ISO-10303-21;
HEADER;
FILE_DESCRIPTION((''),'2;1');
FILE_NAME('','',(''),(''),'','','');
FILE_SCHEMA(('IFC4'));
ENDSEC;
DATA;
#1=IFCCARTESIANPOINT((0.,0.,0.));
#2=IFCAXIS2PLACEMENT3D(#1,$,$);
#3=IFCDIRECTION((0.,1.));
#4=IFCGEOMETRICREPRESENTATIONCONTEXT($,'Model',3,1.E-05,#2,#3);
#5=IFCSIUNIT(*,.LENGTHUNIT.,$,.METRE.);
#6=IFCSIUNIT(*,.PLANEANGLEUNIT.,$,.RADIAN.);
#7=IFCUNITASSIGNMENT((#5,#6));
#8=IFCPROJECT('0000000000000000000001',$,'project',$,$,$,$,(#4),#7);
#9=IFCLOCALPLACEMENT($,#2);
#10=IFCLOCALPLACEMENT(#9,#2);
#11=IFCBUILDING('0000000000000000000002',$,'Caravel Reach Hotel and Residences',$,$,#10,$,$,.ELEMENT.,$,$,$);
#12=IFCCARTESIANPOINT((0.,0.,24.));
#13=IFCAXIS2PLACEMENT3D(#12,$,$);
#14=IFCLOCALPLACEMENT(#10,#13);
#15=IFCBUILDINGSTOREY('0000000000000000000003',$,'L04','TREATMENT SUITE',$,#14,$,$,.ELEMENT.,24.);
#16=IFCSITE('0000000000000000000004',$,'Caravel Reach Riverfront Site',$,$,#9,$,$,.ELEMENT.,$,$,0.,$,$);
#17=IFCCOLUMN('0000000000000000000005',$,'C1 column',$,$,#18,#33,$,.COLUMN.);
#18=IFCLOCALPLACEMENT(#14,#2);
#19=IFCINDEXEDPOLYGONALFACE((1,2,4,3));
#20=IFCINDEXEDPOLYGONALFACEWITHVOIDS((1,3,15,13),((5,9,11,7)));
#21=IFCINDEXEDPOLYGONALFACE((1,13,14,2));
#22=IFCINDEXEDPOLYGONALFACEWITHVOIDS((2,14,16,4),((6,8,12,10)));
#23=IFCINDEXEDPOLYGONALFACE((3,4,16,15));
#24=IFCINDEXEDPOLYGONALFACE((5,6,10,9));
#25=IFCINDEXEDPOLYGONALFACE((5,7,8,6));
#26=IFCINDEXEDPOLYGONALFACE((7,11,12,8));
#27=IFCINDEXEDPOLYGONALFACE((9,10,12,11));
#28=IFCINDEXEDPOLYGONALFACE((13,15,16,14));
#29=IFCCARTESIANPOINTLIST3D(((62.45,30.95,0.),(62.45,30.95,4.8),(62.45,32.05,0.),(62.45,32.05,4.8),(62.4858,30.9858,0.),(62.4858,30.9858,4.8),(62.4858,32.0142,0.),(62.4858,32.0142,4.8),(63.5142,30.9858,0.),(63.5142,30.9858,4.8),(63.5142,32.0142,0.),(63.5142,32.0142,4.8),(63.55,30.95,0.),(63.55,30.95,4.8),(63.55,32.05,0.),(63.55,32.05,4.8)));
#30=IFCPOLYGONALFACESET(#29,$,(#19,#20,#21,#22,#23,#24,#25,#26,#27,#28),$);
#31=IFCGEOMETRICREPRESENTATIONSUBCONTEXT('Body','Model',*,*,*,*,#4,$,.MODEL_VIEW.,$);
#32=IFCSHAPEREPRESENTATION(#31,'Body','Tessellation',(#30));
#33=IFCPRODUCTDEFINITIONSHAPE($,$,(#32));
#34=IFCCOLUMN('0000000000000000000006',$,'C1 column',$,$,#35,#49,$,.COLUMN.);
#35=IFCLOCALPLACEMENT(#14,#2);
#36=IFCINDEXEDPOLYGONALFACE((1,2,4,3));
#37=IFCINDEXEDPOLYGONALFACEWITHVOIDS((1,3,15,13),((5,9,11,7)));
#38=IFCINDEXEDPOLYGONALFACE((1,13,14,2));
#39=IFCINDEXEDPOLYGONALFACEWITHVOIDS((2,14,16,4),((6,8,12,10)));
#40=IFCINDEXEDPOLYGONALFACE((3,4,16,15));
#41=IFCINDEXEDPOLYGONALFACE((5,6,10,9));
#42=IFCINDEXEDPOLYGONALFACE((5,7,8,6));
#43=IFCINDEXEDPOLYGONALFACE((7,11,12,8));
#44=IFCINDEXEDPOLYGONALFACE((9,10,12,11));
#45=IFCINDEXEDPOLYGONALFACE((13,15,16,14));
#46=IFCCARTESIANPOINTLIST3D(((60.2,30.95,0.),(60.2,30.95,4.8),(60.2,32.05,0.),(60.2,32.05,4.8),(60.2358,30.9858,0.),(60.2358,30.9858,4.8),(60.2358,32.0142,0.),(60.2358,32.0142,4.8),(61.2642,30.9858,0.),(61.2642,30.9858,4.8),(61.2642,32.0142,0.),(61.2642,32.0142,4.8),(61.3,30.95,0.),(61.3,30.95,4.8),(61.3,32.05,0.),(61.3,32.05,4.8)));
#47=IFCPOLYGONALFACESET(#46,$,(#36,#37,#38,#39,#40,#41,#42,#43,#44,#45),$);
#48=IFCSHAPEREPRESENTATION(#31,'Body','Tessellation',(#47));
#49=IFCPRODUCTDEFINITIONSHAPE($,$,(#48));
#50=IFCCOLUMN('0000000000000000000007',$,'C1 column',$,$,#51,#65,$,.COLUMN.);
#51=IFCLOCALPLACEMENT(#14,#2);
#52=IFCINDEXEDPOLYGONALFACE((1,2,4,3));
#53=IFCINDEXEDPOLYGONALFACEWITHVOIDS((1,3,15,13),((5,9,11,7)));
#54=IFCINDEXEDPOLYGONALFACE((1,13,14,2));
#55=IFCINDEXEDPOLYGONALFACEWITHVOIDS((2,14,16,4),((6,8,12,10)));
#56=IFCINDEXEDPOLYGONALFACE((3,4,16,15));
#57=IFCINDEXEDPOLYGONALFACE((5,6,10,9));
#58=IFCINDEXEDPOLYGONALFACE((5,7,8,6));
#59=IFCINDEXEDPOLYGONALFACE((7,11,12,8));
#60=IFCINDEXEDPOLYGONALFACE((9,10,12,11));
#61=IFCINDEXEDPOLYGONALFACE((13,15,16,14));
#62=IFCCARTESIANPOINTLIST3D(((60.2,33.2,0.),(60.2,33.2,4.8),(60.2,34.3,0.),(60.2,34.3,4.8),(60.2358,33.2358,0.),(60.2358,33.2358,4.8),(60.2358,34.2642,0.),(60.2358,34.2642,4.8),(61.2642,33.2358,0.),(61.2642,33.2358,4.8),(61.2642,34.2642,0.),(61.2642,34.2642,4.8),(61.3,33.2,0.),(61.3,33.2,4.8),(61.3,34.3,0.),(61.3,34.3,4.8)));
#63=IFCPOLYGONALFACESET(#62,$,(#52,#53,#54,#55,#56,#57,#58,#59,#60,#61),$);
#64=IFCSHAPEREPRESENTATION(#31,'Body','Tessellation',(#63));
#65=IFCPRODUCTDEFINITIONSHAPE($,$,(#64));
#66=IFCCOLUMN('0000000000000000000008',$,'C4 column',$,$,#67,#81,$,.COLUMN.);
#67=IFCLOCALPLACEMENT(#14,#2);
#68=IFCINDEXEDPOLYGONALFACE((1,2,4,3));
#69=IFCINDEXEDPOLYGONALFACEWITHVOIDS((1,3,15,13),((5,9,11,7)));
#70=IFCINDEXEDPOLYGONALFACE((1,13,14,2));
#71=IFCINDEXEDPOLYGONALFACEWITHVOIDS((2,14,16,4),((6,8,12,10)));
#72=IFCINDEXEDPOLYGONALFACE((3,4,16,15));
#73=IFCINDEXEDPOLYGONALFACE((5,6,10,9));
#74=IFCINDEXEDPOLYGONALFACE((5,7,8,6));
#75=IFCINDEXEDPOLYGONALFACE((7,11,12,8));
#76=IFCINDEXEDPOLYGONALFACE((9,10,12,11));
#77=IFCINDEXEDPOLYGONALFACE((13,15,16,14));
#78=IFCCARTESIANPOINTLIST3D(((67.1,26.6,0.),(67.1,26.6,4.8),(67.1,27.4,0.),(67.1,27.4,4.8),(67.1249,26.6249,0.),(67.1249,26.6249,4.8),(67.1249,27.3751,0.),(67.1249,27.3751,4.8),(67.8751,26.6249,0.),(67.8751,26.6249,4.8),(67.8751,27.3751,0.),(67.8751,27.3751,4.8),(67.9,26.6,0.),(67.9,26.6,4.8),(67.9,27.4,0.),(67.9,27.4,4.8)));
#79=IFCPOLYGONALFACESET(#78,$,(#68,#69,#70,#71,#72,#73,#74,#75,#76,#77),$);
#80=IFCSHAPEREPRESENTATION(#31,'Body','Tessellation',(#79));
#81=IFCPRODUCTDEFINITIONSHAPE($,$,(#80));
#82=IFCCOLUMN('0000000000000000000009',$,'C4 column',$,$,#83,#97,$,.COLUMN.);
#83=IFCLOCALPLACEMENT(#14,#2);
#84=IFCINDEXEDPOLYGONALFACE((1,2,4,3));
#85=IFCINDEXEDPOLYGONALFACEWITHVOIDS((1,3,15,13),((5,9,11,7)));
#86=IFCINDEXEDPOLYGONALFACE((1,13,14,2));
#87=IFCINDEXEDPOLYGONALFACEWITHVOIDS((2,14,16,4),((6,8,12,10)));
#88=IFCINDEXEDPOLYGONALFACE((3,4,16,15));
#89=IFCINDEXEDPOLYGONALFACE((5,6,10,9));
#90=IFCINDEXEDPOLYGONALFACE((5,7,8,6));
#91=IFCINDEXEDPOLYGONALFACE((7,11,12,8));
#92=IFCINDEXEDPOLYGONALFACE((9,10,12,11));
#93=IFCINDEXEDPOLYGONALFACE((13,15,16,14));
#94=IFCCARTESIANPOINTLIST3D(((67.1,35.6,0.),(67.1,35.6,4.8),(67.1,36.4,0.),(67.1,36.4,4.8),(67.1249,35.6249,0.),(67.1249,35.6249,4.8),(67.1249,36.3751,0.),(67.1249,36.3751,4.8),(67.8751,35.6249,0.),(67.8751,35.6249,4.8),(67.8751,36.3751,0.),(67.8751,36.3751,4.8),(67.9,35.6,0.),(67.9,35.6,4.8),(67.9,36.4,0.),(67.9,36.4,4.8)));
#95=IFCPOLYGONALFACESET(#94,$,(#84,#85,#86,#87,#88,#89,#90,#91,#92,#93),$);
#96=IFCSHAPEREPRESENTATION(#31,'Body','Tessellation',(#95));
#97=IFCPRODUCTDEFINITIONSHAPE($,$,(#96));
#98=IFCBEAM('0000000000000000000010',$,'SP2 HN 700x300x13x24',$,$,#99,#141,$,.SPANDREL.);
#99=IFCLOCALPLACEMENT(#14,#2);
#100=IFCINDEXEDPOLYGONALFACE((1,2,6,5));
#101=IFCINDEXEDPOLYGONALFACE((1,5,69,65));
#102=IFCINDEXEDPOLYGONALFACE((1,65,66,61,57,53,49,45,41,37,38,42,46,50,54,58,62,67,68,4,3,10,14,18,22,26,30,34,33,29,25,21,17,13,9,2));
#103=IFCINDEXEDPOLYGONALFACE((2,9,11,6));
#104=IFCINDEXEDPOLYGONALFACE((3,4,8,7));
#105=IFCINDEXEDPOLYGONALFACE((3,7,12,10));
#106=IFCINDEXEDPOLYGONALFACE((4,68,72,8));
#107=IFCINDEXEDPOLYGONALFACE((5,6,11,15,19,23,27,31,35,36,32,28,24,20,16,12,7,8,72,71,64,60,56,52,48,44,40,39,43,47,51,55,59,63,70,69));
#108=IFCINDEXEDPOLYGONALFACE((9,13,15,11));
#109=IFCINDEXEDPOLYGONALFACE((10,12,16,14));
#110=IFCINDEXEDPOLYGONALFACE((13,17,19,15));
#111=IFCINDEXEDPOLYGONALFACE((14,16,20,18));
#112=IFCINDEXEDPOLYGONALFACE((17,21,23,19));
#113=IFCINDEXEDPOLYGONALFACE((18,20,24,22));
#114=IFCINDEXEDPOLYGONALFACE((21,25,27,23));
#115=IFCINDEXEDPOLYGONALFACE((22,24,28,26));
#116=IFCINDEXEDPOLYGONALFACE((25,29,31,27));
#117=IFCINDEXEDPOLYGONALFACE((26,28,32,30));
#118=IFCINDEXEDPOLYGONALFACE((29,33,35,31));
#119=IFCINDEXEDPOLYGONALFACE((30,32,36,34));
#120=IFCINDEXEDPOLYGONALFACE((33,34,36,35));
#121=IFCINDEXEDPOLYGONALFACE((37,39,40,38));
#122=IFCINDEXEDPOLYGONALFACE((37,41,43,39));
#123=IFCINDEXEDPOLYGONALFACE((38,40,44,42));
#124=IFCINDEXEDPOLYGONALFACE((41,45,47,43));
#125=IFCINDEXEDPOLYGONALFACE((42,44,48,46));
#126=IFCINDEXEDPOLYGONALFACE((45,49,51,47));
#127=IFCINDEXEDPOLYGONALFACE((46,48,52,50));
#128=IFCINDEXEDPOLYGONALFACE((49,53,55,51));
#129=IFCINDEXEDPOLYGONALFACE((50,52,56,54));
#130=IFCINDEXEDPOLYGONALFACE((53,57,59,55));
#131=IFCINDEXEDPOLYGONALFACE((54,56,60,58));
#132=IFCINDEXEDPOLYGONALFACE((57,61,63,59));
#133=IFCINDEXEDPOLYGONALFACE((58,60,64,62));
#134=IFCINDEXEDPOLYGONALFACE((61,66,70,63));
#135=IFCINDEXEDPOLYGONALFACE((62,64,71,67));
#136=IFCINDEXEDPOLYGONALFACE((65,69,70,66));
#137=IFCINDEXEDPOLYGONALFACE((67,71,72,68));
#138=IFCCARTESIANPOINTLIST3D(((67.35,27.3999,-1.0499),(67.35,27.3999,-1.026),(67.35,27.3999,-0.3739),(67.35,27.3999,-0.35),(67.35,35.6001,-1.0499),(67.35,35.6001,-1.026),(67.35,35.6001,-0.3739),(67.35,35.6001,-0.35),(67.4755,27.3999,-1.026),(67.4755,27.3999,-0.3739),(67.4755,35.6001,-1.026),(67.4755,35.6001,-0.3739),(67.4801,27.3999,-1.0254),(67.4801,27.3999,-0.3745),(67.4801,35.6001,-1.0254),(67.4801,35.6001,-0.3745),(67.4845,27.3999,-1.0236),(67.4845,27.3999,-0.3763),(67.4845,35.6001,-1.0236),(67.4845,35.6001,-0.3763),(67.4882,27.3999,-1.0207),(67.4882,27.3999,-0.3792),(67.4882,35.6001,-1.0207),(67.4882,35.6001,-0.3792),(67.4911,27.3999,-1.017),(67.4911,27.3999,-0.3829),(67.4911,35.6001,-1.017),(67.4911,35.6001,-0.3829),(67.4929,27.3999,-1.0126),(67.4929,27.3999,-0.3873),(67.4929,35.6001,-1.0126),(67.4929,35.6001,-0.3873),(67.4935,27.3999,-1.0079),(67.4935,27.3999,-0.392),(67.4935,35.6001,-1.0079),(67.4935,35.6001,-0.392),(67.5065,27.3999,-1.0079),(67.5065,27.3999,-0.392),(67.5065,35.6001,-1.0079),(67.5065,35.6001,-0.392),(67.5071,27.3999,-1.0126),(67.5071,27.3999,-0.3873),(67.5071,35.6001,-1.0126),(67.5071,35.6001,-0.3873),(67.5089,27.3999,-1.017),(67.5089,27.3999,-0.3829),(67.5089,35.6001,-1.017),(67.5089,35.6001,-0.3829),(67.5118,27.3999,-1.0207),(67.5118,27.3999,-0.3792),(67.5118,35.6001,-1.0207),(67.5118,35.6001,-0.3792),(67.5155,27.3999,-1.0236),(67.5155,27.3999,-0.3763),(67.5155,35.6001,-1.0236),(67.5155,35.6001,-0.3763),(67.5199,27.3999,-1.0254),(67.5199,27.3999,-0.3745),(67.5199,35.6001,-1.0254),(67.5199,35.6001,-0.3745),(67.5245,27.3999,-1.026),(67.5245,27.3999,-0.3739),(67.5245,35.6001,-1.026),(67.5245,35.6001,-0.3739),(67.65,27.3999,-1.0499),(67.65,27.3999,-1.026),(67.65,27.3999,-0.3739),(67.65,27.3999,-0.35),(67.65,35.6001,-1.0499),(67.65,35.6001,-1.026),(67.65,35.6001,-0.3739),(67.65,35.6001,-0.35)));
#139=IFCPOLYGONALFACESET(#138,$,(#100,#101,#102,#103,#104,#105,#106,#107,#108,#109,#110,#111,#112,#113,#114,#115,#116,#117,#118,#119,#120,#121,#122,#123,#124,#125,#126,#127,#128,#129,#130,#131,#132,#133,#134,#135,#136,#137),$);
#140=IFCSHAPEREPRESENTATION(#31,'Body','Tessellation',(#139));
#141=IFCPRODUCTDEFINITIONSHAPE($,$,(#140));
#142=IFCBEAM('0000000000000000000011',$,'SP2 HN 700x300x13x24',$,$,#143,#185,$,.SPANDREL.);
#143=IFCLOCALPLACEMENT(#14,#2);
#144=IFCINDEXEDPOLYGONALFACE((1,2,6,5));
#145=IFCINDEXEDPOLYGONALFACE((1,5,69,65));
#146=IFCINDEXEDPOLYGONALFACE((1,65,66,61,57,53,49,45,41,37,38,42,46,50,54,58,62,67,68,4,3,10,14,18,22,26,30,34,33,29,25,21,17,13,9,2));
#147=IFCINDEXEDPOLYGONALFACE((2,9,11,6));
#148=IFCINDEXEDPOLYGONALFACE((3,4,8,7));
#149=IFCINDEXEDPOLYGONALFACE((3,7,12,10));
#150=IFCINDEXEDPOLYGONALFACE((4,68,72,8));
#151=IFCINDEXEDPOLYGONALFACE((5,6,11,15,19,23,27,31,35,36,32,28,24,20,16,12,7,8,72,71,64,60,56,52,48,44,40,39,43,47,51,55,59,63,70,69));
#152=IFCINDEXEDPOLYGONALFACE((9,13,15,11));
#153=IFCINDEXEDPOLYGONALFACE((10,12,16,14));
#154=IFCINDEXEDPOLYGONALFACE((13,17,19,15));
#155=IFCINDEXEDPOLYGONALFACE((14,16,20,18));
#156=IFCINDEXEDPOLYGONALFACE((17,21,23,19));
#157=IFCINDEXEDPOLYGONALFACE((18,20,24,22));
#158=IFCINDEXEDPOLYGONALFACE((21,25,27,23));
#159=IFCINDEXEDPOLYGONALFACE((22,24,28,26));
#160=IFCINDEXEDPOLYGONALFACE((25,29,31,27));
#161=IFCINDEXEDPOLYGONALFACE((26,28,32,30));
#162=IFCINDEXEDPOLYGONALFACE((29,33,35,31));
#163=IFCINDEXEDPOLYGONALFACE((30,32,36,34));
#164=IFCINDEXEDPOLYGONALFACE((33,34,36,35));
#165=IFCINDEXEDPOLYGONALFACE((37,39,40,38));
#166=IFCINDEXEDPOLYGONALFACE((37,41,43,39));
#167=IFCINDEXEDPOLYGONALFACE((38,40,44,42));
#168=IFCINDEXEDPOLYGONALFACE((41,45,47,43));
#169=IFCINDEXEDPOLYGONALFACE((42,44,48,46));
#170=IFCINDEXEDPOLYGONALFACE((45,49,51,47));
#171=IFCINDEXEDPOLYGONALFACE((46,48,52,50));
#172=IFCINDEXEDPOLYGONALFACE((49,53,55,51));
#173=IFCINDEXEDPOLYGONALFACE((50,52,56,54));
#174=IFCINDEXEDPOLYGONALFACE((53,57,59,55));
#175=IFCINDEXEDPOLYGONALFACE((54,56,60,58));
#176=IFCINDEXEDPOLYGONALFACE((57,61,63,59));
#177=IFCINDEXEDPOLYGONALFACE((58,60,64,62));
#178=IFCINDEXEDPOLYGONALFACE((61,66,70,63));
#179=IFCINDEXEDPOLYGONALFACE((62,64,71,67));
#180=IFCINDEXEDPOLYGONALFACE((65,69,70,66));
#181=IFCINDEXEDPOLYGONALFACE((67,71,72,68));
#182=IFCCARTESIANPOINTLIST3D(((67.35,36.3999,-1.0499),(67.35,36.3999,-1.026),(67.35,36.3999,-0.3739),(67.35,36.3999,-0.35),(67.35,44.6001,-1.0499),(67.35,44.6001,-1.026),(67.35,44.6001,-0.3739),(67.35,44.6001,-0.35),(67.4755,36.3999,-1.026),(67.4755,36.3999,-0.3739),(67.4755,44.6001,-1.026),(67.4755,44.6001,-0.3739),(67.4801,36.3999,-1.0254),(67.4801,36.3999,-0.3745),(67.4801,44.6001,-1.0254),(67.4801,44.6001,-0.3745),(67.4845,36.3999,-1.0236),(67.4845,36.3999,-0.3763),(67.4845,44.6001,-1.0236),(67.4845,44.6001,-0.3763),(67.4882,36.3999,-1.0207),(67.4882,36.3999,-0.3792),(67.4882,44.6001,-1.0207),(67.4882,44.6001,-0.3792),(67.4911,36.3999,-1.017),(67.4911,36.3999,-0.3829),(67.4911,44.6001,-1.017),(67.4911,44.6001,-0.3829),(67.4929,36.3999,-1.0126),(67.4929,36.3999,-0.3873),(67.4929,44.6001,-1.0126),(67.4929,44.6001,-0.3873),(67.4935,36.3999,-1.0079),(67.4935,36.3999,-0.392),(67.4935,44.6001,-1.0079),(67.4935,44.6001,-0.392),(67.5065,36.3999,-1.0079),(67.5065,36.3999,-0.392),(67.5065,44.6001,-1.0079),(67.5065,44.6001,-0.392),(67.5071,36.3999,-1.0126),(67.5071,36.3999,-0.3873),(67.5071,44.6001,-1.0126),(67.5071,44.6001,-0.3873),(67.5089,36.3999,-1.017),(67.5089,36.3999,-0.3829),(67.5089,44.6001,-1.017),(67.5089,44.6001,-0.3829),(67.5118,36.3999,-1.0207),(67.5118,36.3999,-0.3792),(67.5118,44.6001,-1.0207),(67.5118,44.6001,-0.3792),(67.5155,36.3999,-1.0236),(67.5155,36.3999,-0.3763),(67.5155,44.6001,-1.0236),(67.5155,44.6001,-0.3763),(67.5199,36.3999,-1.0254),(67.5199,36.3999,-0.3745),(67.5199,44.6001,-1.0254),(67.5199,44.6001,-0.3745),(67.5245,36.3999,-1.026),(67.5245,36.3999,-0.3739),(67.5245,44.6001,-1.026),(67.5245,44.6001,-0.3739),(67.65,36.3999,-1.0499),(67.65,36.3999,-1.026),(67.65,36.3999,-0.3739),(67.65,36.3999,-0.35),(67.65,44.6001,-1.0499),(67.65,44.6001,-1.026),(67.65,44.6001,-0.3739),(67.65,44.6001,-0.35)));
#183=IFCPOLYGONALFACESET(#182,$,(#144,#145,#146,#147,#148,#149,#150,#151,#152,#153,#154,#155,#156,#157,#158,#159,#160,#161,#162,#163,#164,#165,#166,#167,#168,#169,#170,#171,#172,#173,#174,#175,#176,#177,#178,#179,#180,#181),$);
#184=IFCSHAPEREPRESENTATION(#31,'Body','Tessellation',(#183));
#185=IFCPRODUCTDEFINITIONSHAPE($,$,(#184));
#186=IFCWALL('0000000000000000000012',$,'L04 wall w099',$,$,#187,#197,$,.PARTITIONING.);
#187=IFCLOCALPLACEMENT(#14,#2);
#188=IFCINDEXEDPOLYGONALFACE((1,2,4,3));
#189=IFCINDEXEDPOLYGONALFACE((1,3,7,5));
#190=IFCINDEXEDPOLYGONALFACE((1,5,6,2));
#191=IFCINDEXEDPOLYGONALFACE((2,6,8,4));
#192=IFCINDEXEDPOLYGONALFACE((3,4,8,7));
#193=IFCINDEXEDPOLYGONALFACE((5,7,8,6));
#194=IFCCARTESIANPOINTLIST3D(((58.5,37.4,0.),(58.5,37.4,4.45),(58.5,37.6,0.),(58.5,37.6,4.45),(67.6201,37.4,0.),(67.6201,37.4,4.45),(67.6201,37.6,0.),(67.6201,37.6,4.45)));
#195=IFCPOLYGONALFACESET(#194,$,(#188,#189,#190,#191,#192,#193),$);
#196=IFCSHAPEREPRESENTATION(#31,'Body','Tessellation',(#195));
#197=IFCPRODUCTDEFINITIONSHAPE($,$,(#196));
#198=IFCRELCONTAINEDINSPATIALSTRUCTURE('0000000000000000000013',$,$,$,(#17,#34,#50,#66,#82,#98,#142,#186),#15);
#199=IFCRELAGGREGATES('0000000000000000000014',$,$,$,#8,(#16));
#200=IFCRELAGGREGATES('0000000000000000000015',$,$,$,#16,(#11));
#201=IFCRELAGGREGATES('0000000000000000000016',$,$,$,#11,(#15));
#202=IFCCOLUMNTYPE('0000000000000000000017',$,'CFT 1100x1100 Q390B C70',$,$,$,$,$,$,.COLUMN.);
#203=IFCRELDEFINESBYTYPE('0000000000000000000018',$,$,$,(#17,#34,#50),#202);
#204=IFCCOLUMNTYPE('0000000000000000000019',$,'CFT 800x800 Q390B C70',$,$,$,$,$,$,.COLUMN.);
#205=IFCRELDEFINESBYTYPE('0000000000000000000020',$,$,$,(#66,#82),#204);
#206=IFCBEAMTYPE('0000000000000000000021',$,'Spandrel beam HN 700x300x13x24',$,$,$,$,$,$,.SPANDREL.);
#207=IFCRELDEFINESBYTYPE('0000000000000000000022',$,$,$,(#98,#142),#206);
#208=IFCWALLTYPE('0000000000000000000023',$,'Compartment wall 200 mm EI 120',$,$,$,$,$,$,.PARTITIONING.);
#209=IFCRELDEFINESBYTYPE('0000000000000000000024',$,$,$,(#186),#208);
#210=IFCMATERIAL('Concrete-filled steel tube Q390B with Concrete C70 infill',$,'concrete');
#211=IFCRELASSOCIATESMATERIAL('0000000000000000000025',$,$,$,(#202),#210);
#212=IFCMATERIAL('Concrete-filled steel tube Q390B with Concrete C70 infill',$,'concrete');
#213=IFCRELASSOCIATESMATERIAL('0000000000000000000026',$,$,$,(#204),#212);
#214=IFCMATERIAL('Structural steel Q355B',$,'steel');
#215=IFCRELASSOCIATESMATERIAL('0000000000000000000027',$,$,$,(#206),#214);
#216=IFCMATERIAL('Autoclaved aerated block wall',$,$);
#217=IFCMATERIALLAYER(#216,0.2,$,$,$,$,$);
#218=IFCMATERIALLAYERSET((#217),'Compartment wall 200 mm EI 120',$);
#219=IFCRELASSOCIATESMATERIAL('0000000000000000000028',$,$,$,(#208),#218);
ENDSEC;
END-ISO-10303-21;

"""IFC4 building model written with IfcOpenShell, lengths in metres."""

from ifc_helpers import new_model, si_unit, direction, frame, frame_2d, origin, origin_2d, place, context, subcontext, project, spatial, rectangle, hollow_rectangle, i_section, extrude, material, layer, layer_set, material_profile, profile_set, type_object, element, save


model = new_model("IFC4")

# Units and contexts
model_context = context("Model", 3, precision=1e-05, world=origin(), true_north=direction((0.0, 1.0)))
body_context = subcontext(model_context, "Body", "Model", "MODEL_VIEW")
ifc_project = project(units=[si_unit("LENGTHUNIT", "METRE"), si_unit("PLANEANGLEUNIT", "RADIAN")], contexts=[model_context])

# Site, building, storey
site_placement = place(None, origin())
site = spatial("IfcSite", under=ifc_project, at=site_placement, Name="Caravel Reach Riverfront Site", CompositionType="ELEMENT", RefElevation=0.0)
building_placement = place(site_placement, origin())
building = spatial("IfcBuilding", under=site, at=building_placement, Name="Caravel Reach Hotel and Residences", CompositionType="ELEMENT")
storey_placement = place(building_placement, frame((0.0, 0.0, 24.0)))
storey = spatial("IfcBuildingStorey", under=building, at=storey_placement, Name="L04", Description="TREATMENT SUITE", CompositionType="ELEMENT", Elevation=24.0)

# Columns
ifc_material_1 = material(Name="Concrete-filled steel tube Q390B with Concrete C70 infill", Category="concrete")
ifc_material_profile_1 = material_profile(ifc_material_1, hollow_rectangle(XDim=1.1001, YDim=1.1001, WallThickness=0.0359, at=origin_2d()), Name="RHS 1100x1100x36")
ifc_profile_set_1 = profile_set([ifc_material_profile_1], Name="Concrete-filled steel tube Q390B with Concrete C70 infill")
column_type_1 = type_object("IfcColumnType", Name="CFT 1100x1100 Q390B C70", PredefinedType="COLUMN", material=ifc_profile_set_1)
for number, where, z_axis, x_axis, name in (
    (1, (63.0, 31.5, 0.0), (0.0, 0.0, 1.0), (1.0, 0.0, 0.0), "C1 column"),
    (2, (60.75, 31.5, 0.0), (0.0, 0.0, 1.0), (1.0, 0.0, 0.0), "C1 column"),
    (3, (60.75, 33.75, 0.0), (0.0, 0.0, 1.0), (1.0, 0.0, 0.0), "C1 column"),
):
    element("IfcColumn", number, at=place(storey_placement, frame(where, z_axis=z_axis, x_axis=x_axis)), inside=storey, type_object=column_type_1, Name=name, PredefinedType="COLUMN", context=body_context, shape_type="SweptSolid", body=[
        extrude(hollow_rectangle(XDim=1.1001, YDim=1.1001, WallThickness=0.0359, at=origin_2d()), origin(), (0.0, 0.0, 1.0), 4.8),
    ])
ifc_material_2 = material(Name="Concrete-filled steel tube Q390B with Concrete C70 infill", Category="concrete")
ifc_material_profile_2 = material_profile(ifc_material_2, hollow_rectangle(XDim=0.8, YDim=0.8, WallThickness=0.0249, at=origin_2d()), Name="RHS 800x800x25")
ifc_profile_set_2 = profile_set([ifc_material_profile_2], Name="Concrete-filled steel tube Q390B with Concrete C70 infill")
column_type_2 = type_object("IfcColumnType", Name="CFT 800x800 Q390B C70", PredefinedType="COLUMN", material=ifc_profile_set_2)
for number, where, z_axis, x_axis, name in (
    (4, (67.5, 27.0, 0.0), (0.0, 0.0, 1.0), (1.0, 0.0, 0.0), "C4 column"),
    (5, (67.5, 36.0, 0.0), (0.0, 0.0, 1.0), (1.0, 0.0, 0.0), "C4 column"),
):
    element("IfcColumn", number, at=place(storey_placement, frame(where, z_axis=z_axis, x_axis=x_axis)), inside=storey, type_object=column_type_2, Name=name, PredefinedType="COLUMN", context=body_context, shape_type="SweptSolid", body=[
        extrude(hollow_rectangle(XDim=0.8, YDim=0.8, WallThickness=0.0249, at=origin_2d()), origin(), (0.0, 0.0, 1.0), 4.8),
    ])

# Beams
ifc_material_3 = material(Name="Structural steel Q355B", Category="steel")
ifc_material_profile_3 = material_profile(ifc_material_3, i_section(OverallWidth=0.3, OverallDepth=0.7, WebThickness=0.0129, FlangeThickness=0.0239, FilletRadius=0.0181, at=origin_2d()), Name="HN 700x300x13x24")
ifc_profile_set_3 = profile_set([ifc_material_profile_3], Name="Structural steel Q355B")
beam_type = type_object("IfcBeamType", Name="Spandrel beam HN 700x300x13x24", PredefinedType="SPANDREL", material=ifc_profile_set_3)
for number, where, z_axis, x_axis, name in (
    (6, (67.5, 27.3999, -0.7), (0.0, 1.0, 0.0), (-1.0, 0.0, 0.0), "SP2 HN 700x300x13x24"),
    (7, (67.5, 36.3999, -0.7), (0.0, 1.0, 0.0), (-1.0, 0.0, 0.0), "SP2 HN 700x300x13x24"),
):
    element("IfcBeam", number, at=place(storey_placement, frame(where, z_axis=z_axis, x_axis=x_axis)), inside=storey, type_object=beam_type, Name=name, PredefinedType="SPANDREL", context=body_context, shape_type="SweptSolid", body=[
        extrude(i_section(OverallWidth=0.3, OverallDepth=0.7, WebThickness=0.0129, FlangeThickness=0.0239, FilletRadius=0.0181, at=origin_2d()), origin(), (0.0, 0.0, 1.0), 8.2002),
    ])

# Wall
ifc_material_4 = material(Name="Autoclaved aerated block wall")
ifc_layer_1 = layer(ifc_material_4, 0.2)
ifc_layer_set_1 = layer_set([ifc_layer_1], Name="Compartment wall 200 mm EI 120")
wall_type_1 = type_object("IfcWallType", Name="Compartment wall 200 mm EI 120", PredefinedType="PARTITIONING", material=ifc_layer_set_1)
wall_1_placement = place(storey_placement, frame((58.5, 37.5, 0.0), z_axis=(0.0, 0.0, 1.0), x_axis=(1.0, 0.0, 0.0)))
element("IfcWall", 8, at=wall_1_placement, inside=storey, type_object=wall_type_1, Name="L04 wall w099", PredefinedType="PARTITIONING", context=body_context, shape_type="SweptSolid", body=[
    extrude(rectangle(XDim=9.1201, YDim=0.2, at=frame_2d((4.5601, 0.0))), origin(), (0.0, 0.0, 1.0), 4.45),
])

save(model, "model.ifc")
